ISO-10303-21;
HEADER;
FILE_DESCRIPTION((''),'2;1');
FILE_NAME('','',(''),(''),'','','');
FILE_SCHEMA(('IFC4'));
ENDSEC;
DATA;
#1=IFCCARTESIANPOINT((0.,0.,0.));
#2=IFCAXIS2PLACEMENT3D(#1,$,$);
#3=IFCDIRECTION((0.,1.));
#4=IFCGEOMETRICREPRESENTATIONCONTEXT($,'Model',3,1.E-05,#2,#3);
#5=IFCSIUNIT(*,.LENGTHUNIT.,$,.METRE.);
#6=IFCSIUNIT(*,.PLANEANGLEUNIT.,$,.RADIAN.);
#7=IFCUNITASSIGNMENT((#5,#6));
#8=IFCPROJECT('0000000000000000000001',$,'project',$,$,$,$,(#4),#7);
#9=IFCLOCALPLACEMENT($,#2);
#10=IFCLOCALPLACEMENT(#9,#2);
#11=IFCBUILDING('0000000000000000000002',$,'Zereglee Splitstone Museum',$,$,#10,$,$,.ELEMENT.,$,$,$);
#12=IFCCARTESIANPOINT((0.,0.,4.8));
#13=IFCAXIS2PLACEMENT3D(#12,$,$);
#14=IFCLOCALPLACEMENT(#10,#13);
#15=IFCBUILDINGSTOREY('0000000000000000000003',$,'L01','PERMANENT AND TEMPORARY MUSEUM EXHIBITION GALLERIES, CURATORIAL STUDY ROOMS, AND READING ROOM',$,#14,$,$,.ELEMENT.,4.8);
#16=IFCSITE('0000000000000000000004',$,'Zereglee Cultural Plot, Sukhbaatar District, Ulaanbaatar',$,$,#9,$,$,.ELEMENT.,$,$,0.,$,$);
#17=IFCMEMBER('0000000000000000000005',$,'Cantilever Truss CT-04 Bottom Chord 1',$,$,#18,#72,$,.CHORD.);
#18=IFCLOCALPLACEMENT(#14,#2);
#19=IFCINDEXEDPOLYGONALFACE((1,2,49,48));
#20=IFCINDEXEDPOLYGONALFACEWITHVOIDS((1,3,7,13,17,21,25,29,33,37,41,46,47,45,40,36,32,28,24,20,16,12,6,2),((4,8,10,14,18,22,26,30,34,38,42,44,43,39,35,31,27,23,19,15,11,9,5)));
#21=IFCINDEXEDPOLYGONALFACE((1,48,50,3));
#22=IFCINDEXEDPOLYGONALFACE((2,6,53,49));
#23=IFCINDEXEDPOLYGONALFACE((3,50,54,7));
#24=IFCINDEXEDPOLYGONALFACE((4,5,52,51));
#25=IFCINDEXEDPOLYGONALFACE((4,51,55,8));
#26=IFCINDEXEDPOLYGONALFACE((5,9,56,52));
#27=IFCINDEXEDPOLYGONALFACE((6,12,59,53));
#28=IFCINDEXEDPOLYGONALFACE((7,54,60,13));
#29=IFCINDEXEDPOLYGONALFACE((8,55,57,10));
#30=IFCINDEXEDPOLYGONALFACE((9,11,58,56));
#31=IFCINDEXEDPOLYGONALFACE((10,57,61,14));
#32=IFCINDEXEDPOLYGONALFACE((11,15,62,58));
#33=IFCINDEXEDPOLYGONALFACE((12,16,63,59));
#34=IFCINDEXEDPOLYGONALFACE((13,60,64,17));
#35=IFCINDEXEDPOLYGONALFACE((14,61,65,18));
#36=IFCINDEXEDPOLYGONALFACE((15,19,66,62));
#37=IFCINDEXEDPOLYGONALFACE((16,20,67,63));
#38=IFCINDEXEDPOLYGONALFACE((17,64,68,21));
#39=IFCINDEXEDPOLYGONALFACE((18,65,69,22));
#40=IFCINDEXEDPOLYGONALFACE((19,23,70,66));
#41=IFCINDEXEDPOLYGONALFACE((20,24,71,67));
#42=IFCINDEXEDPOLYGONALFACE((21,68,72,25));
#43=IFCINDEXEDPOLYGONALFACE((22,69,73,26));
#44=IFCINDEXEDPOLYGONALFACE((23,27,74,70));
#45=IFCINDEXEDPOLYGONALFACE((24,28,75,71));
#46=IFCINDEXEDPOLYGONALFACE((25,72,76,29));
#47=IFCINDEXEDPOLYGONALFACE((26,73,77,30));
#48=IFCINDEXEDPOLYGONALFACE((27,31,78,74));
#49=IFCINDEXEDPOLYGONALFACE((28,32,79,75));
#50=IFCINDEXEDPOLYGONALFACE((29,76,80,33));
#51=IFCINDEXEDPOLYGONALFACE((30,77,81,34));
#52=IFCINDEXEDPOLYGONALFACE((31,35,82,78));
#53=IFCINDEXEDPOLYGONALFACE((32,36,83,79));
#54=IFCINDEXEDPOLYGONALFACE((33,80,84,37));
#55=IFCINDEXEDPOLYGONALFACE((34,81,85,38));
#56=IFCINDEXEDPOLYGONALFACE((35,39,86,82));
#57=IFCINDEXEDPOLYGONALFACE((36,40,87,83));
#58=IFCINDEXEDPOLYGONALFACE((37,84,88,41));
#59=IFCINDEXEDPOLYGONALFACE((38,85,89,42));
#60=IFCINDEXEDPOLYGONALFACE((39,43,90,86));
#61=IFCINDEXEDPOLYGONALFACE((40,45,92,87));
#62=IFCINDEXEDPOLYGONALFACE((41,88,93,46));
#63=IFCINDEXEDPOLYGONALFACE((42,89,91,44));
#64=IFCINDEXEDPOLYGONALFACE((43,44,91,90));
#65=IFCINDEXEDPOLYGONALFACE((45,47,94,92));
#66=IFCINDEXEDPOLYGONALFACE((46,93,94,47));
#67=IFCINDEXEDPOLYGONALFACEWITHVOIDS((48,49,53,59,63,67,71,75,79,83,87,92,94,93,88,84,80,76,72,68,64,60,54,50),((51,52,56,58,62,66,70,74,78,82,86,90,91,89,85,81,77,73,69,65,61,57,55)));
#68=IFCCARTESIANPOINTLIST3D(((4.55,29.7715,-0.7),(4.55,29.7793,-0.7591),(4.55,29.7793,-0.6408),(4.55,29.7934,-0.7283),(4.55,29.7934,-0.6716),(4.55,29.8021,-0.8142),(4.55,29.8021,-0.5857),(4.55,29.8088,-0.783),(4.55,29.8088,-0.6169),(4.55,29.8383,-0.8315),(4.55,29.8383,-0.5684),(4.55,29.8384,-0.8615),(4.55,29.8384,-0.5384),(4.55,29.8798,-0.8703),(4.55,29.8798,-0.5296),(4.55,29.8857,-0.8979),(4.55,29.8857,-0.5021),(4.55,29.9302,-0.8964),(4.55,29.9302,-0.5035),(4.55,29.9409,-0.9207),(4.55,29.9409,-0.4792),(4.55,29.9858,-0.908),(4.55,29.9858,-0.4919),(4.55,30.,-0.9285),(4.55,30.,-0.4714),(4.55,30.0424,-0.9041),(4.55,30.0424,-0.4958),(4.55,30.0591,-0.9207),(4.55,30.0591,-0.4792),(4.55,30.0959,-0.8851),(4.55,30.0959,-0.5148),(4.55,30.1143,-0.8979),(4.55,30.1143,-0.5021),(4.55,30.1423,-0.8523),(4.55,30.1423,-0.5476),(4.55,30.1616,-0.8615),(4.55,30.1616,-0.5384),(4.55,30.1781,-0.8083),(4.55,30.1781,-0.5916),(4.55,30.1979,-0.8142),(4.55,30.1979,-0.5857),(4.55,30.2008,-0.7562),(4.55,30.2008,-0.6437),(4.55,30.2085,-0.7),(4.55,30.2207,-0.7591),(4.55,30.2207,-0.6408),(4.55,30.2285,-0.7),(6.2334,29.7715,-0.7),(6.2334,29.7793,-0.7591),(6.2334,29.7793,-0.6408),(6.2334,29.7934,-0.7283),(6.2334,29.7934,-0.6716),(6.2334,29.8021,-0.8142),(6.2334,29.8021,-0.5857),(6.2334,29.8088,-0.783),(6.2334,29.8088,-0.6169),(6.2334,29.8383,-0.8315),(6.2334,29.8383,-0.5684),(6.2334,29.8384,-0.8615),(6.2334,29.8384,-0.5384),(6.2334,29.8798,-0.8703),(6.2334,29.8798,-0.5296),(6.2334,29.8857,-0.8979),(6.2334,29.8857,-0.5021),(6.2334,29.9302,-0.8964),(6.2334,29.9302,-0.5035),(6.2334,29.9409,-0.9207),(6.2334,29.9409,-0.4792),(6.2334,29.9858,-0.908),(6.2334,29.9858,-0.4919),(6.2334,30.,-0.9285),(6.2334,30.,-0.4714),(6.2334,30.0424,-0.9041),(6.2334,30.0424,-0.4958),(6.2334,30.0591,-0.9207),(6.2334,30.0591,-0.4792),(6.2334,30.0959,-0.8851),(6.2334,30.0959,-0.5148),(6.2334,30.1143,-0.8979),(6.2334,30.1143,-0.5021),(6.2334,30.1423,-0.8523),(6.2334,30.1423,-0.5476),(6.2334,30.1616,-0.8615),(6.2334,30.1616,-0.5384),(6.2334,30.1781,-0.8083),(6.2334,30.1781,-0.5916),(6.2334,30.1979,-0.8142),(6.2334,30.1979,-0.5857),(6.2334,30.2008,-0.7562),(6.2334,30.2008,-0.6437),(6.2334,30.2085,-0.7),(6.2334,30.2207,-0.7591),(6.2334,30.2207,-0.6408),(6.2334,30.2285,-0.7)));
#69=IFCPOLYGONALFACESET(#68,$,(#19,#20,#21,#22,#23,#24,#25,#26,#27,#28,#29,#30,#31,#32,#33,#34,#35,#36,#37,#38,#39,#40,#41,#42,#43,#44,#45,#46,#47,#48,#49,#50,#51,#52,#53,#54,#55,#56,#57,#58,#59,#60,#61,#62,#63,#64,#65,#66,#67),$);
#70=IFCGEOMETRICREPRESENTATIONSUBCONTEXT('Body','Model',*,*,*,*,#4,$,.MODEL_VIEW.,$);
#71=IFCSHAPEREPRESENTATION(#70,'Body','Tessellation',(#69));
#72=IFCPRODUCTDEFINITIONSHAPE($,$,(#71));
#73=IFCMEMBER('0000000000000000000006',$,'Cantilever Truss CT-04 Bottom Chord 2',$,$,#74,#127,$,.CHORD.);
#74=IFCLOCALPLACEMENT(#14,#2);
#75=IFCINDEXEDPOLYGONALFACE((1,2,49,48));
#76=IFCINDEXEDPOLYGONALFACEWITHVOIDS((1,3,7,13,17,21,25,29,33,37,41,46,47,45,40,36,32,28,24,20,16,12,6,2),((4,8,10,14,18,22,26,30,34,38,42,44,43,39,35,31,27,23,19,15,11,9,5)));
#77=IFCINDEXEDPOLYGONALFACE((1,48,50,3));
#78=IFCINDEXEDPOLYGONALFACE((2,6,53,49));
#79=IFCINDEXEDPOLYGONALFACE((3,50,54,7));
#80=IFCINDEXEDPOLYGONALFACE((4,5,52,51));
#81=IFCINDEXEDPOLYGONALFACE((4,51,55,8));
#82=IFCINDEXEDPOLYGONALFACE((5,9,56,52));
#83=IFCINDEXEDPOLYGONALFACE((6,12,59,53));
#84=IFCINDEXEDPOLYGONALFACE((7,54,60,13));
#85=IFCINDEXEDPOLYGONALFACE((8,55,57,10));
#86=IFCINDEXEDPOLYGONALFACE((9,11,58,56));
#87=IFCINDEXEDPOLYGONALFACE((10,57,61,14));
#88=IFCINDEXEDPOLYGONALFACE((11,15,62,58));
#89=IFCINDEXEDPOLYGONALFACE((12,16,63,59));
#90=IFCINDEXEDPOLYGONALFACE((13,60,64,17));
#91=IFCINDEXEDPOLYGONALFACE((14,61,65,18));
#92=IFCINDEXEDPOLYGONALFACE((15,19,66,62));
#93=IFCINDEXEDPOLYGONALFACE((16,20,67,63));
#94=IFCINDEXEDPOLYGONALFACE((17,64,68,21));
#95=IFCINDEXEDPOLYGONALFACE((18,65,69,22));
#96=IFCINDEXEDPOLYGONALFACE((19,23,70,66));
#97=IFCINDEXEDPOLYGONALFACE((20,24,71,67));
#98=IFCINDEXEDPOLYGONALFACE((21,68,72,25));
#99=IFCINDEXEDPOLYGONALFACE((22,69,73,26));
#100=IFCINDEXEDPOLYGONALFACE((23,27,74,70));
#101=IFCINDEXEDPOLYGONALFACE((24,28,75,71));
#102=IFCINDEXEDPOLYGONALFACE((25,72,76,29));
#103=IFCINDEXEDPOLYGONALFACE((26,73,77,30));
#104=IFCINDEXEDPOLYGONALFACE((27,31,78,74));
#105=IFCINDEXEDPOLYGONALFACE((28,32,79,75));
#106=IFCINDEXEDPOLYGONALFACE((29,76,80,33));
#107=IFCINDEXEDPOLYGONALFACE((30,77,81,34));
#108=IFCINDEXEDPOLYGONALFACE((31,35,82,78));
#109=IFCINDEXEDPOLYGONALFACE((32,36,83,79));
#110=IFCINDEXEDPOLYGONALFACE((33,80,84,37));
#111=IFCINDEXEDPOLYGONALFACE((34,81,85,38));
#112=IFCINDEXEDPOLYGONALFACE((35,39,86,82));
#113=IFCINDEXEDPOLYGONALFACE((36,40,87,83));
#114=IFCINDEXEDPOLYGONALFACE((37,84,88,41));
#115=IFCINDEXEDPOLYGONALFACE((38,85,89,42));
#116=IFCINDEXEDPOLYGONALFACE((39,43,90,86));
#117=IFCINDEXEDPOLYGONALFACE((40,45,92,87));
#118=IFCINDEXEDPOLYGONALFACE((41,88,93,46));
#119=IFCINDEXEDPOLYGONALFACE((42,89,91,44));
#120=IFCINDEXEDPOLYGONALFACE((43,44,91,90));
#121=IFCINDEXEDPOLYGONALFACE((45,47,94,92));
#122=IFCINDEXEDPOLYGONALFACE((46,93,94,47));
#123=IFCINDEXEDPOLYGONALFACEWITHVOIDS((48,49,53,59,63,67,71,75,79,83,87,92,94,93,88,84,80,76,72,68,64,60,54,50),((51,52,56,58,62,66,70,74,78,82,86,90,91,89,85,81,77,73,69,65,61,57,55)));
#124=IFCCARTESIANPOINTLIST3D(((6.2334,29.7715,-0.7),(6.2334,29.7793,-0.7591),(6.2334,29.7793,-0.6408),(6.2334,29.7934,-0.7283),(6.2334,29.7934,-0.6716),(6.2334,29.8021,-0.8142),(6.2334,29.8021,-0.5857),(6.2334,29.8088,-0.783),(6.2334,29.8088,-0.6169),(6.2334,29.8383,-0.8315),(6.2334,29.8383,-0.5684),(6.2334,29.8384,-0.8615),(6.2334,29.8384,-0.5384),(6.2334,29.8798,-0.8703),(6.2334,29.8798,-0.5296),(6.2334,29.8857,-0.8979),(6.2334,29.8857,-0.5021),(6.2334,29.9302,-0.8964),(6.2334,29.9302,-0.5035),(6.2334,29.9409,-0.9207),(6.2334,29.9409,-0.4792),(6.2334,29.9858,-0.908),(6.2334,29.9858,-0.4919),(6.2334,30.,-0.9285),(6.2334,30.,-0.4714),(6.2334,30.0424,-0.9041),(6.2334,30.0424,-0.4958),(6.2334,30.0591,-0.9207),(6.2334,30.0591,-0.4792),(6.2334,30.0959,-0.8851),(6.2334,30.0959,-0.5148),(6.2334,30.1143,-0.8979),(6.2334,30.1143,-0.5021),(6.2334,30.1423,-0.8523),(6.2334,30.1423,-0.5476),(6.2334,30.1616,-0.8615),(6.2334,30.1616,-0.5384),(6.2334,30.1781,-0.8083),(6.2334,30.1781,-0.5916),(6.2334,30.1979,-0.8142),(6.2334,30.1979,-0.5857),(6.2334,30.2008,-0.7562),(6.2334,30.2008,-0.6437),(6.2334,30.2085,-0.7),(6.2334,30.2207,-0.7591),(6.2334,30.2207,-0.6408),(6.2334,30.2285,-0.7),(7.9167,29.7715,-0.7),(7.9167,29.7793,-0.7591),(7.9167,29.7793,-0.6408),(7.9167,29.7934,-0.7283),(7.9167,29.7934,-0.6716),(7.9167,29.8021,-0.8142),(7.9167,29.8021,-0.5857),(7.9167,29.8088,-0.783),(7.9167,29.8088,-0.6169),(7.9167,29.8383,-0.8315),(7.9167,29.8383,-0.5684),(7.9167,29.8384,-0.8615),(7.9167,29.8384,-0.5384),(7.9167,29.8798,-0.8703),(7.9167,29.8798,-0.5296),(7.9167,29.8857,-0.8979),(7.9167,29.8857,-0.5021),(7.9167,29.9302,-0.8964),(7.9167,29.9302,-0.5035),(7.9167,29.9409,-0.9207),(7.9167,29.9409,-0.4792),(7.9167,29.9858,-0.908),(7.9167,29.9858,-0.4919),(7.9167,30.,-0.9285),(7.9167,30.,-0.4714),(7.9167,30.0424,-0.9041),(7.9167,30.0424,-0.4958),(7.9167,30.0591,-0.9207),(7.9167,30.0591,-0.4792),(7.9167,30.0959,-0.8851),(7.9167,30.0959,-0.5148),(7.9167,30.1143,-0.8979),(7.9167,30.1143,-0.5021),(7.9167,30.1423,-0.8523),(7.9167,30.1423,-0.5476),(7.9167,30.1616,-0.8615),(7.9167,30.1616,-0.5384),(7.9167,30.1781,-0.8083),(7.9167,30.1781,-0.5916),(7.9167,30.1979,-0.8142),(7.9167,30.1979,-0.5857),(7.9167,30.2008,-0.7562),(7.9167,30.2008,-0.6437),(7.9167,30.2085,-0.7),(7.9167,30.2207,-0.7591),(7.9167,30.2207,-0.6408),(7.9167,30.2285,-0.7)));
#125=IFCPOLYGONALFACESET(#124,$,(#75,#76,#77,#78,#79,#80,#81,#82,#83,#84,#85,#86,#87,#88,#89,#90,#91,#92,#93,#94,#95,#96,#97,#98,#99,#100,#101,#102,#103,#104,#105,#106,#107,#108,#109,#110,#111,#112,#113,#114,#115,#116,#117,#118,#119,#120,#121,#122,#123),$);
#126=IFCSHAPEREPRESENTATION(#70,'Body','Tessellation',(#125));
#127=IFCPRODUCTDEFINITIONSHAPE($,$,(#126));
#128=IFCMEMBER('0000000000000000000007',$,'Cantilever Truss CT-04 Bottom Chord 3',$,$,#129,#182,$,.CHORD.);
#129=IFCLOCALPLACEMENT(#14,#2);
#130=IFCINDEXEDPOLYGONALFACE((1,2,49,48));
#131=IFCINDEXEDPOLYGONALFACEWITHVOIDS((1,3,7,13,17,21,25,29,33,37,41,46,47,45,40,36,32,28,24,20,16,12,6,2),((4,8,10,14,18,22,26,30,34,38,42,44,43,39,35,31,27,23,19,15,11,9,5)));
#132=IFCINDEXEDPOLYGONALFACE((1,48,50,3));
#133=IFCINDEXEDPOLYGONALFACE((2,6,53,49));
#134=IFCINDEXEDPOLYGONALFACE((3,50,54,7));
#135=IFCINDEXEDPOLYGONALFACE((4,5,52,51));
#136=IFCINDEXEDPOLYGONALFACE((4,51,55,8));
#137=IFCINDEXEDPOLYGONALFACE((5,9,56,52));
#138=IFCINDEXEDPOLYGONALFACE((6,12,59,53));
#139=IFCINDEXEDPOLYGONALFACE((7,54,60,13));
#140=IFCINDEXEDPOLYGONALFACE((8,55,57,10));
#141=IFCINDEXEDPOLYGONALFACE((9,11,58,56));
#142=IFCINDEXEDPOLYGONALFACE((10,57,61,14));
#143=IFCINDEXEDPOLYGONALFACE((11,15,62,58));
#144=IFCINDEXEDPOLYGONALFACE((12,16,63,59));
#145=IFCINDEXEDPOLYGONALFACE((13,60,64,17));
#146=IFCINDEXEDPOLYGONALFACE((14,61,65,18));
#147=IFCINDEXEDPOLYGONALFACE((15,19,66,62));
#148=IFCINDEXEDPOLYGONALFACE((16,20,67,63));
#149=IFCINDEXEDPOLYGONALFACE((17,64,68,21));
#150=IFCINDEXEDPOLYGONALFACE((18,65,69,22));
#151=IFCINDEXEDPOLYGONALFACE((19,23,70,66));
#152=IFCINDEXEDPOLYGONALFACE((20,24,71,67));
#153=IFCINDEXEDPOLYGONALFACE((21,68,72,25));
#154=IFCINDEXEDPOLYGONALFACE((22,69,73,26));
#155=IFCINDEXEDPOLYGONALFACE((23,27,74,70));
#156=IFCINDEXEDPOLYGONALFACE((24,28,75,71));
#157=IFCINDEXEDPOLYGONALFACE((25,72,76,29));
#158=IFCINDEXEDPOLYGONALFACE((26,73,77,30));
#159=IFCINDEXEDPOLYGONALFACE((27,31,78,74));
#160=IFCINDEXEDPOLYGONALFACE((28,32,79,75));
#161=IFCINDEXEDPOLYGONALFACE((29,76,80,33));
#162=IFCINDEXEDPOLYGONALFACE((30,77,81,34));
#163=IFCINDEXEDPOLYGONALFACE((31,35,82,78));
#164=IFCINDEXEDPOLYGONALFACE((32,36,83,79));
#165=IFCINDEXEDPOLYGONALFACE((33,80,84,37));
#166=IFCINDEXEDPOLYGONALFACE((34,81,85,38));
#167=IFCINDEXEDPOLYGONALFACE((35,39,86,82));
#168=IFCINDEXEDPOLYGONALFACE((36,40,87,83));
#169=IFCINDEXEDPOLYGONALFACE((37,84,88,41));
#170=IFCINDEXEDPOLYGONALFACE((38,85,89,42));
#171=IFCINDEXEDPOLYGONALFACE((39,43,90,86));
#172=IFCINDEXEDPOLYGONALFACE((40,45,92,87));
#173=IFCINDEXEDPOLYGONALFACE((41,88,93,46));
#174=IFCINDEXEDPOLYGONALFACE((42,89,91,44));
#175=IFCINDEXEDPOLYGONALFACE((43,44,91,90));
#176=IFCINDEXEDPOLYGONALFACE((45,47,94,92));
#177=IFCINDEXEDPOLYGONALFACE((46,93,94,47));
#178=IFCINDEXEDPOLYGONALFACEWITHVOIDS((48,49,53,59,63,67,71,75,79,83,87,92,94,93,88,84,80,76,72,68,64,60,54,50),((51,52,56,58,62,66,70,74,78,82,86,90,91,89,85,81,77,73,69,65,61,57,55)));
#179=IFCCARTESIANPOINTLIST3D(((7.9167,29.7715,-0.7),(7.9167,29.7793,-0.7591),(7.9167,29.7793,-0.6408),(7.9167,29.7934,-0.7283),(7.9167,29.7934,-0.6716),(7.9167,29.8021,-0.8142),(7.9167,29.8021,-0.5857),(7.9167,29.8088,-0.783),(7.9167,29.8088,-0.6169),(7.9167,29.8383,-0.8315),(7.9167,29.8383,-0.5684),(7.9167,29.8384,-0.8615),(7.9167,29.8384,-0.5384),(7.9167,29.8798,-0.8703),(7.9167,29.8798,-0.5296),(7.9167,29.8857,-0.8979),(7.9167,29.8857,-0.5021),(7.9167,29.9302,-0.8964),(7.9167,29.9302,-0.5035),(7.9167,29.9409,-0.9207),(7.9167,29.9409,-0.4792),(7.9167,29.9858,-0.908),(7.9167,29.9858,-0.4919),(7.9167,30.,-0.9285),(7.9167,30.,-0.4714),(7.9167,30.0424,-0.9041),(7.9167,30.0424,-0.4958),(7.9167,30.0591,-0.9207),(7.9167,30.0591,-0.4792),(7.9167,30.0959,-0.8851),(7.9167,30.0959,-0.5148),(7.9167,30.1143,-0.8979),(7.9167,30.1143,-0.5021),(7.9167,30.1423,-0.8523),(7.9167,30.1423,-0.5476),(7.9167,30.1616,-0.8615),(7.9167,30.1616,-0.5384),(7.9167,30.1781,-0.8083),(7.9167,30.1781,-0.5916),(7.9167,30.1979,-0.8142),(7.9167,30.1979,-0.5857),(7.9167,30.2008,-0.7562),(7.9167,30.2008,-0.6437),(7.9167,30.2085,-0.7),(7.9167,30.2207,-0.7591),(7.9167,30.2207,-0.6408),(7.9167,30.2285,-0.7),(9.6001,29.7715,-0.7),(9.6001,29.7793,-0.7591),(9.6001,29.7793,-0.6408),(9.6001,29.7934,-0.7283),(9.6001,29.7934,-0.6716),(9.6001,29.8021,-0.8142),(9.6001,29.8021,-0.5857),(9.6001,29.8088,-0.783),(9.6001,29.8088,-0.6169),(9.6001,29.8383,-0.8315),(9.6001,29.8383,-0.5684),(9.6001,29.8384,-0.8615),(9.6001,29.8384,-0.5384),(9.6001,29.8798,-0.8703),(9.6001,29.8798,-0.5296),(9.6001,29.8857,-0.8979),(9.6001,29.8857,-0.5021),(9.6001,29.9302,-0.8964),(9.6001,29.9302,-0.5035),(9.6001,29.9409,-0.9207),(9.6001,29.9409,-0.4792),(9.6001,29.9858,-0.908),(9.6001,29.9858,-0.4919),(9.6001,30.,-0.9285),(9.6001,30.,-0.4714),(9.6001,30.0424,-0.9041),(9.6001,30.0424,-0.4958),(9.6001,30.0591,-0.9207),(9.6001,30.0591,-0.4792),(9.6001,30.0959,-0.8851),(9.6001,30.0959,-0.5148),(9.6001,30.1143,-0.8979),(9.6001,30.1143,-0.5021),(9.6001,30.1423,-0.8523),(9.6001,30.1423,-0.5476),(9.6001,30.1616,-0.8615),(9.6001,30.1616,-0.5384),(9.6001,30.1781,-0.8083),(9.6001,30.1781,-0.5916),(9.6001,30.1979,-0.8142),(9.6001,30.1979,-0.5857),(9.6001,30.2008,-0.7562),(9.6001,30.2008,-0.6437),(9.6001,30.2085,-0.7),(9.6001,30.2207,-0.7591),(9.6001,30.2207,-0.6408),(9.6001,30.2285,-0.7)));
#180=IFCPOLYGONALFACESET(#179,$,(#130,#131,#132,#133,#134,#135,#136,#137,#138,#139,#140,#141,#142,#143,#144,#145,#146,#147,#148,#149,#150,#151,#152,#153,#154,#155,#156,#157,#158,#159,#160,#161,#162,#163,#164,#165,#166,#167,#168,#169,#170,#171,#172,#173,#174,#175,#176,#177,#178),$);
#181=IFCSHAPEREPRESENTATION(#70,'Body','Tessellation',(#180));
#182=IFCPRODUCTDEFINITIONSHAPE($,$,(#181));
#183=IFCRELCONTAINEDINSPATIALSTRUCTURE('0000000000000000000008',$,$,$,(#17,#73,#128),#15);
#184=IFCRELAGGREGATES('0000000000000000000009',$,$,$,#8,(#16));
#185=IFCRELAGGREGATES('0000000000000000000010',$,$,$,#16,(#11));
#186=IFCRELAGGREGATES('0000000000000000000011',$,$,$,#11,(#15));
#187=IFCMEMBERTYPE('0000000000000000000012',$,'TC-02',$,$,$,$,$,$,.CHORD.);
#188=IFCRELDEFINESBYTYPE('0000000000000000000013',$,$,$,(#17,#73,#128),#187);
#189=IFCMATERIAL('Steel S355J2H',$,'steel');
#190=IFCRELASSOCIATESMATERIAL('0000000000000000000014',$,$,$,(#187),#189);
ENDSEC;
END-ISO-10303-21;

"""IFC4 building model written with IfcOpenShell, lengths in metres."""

from ifc_helpers import new_model, si_unit, direction, frame, origin, origin_2d, place, context, subcontext, project, spatial, hollow_circle, extrude, material, material_profile, profile_set, type_object, element, save


model = new_model("IFC4")

# Units and contexts
model_context = context("Model", 3, precision=1e-05, world=origin(), true_north=direction((0.0, 1.0)))
body_context = subcontext(model_context, "Body", "Model", "MODEL_VIEW")
ifc_project = project(units=[si_unit("LENGTHUNIT", "METRE"), si_unit("PLANEANGLEUNIT", "RADIAN")], contexts=[model_context])

# Site, building, storey
site_placement = place(None, origin())
site = spatial("IfcSite", under=ifc_project, at=site_placement, Name="Zereglee Cultural Plot, Sukhbaatar District, Ulaanbaatar", CompositionType="ELEMENT", RefElevation=0.0)
building_placement = place(site_placement, origin())
building = spatial("IfcBuilding", under=site, at=building_placement, Name="Zereglee Splitstone Museum", CompositionType="ELEMENT")
storey_placement = place(building_placement, frame((0.0, 0.0, 4.8)))
storey = spatial("IfcBuildingStorey", under=building, at=storey_placement, Name="L01", Description="PERMANENT AND TEMPORARY MUSEUM EXHIBITION GALLERIES, CURATORIAL STUDY ROOMS, AND READING ROOM", CompositionType="ELEMENT", Elevation=4.8)

# Members
ifc_material_1 = material(Name="Steel S355J2H", Category="steel")
ifc_material_profile_1 = material_profile(ifc_material_1, hollow_circle(Radius=0.2285, WallThickness=0.02, at=origin_2d()), Name="CHS 457.0x20")
ifc_profile_set_1 = profile_set([ifc_material_profile_1], Name="Steel S355J2H")
member_type_1 = type_object("IfcMemberType", Name="TC-02", PredefinedType="CHORD", material=ifc_profile_set_1)
for number, where, z_axis, x_axis, name in (
    (1, (4.55, 30.0, -0.7), (1.0, 0.0, 0.0), (0.0, 1.0, 0.0), "Cantilever Truss CT-04 Bottom Chord 1"),
    (2, (6.2334, 30.0, -0.7), (1.0, 0.0, 0.0), (0.0, 1.0, 0.0), "Cantilever Truss CT-04 Bottom Chord 2"),
    (3, (7.9167, 30.0, -0.7), (1.0, 0.0, 0.0), (0.0, 1.0, 0.0), "Cantilever Truss CT-04 Bottom Chord 3"),
):
    element("IfcMember", number, at=place(storey_placement, frame(where, z_axis=z_axis, x_axis=x_axis)), inside=storey, type_object=member_type_1, Name=name, PredefinedType="CHORD", context=body_context, shape_type="SweptSolid", body=[
        extrude(hollow_circle(Radius=0.2285, WallThickness=0.02, at=origin_2d()), origin(), (0.0, 0.0, 1.0), 1.6833),
    ])

save(model, "model.ifc")
